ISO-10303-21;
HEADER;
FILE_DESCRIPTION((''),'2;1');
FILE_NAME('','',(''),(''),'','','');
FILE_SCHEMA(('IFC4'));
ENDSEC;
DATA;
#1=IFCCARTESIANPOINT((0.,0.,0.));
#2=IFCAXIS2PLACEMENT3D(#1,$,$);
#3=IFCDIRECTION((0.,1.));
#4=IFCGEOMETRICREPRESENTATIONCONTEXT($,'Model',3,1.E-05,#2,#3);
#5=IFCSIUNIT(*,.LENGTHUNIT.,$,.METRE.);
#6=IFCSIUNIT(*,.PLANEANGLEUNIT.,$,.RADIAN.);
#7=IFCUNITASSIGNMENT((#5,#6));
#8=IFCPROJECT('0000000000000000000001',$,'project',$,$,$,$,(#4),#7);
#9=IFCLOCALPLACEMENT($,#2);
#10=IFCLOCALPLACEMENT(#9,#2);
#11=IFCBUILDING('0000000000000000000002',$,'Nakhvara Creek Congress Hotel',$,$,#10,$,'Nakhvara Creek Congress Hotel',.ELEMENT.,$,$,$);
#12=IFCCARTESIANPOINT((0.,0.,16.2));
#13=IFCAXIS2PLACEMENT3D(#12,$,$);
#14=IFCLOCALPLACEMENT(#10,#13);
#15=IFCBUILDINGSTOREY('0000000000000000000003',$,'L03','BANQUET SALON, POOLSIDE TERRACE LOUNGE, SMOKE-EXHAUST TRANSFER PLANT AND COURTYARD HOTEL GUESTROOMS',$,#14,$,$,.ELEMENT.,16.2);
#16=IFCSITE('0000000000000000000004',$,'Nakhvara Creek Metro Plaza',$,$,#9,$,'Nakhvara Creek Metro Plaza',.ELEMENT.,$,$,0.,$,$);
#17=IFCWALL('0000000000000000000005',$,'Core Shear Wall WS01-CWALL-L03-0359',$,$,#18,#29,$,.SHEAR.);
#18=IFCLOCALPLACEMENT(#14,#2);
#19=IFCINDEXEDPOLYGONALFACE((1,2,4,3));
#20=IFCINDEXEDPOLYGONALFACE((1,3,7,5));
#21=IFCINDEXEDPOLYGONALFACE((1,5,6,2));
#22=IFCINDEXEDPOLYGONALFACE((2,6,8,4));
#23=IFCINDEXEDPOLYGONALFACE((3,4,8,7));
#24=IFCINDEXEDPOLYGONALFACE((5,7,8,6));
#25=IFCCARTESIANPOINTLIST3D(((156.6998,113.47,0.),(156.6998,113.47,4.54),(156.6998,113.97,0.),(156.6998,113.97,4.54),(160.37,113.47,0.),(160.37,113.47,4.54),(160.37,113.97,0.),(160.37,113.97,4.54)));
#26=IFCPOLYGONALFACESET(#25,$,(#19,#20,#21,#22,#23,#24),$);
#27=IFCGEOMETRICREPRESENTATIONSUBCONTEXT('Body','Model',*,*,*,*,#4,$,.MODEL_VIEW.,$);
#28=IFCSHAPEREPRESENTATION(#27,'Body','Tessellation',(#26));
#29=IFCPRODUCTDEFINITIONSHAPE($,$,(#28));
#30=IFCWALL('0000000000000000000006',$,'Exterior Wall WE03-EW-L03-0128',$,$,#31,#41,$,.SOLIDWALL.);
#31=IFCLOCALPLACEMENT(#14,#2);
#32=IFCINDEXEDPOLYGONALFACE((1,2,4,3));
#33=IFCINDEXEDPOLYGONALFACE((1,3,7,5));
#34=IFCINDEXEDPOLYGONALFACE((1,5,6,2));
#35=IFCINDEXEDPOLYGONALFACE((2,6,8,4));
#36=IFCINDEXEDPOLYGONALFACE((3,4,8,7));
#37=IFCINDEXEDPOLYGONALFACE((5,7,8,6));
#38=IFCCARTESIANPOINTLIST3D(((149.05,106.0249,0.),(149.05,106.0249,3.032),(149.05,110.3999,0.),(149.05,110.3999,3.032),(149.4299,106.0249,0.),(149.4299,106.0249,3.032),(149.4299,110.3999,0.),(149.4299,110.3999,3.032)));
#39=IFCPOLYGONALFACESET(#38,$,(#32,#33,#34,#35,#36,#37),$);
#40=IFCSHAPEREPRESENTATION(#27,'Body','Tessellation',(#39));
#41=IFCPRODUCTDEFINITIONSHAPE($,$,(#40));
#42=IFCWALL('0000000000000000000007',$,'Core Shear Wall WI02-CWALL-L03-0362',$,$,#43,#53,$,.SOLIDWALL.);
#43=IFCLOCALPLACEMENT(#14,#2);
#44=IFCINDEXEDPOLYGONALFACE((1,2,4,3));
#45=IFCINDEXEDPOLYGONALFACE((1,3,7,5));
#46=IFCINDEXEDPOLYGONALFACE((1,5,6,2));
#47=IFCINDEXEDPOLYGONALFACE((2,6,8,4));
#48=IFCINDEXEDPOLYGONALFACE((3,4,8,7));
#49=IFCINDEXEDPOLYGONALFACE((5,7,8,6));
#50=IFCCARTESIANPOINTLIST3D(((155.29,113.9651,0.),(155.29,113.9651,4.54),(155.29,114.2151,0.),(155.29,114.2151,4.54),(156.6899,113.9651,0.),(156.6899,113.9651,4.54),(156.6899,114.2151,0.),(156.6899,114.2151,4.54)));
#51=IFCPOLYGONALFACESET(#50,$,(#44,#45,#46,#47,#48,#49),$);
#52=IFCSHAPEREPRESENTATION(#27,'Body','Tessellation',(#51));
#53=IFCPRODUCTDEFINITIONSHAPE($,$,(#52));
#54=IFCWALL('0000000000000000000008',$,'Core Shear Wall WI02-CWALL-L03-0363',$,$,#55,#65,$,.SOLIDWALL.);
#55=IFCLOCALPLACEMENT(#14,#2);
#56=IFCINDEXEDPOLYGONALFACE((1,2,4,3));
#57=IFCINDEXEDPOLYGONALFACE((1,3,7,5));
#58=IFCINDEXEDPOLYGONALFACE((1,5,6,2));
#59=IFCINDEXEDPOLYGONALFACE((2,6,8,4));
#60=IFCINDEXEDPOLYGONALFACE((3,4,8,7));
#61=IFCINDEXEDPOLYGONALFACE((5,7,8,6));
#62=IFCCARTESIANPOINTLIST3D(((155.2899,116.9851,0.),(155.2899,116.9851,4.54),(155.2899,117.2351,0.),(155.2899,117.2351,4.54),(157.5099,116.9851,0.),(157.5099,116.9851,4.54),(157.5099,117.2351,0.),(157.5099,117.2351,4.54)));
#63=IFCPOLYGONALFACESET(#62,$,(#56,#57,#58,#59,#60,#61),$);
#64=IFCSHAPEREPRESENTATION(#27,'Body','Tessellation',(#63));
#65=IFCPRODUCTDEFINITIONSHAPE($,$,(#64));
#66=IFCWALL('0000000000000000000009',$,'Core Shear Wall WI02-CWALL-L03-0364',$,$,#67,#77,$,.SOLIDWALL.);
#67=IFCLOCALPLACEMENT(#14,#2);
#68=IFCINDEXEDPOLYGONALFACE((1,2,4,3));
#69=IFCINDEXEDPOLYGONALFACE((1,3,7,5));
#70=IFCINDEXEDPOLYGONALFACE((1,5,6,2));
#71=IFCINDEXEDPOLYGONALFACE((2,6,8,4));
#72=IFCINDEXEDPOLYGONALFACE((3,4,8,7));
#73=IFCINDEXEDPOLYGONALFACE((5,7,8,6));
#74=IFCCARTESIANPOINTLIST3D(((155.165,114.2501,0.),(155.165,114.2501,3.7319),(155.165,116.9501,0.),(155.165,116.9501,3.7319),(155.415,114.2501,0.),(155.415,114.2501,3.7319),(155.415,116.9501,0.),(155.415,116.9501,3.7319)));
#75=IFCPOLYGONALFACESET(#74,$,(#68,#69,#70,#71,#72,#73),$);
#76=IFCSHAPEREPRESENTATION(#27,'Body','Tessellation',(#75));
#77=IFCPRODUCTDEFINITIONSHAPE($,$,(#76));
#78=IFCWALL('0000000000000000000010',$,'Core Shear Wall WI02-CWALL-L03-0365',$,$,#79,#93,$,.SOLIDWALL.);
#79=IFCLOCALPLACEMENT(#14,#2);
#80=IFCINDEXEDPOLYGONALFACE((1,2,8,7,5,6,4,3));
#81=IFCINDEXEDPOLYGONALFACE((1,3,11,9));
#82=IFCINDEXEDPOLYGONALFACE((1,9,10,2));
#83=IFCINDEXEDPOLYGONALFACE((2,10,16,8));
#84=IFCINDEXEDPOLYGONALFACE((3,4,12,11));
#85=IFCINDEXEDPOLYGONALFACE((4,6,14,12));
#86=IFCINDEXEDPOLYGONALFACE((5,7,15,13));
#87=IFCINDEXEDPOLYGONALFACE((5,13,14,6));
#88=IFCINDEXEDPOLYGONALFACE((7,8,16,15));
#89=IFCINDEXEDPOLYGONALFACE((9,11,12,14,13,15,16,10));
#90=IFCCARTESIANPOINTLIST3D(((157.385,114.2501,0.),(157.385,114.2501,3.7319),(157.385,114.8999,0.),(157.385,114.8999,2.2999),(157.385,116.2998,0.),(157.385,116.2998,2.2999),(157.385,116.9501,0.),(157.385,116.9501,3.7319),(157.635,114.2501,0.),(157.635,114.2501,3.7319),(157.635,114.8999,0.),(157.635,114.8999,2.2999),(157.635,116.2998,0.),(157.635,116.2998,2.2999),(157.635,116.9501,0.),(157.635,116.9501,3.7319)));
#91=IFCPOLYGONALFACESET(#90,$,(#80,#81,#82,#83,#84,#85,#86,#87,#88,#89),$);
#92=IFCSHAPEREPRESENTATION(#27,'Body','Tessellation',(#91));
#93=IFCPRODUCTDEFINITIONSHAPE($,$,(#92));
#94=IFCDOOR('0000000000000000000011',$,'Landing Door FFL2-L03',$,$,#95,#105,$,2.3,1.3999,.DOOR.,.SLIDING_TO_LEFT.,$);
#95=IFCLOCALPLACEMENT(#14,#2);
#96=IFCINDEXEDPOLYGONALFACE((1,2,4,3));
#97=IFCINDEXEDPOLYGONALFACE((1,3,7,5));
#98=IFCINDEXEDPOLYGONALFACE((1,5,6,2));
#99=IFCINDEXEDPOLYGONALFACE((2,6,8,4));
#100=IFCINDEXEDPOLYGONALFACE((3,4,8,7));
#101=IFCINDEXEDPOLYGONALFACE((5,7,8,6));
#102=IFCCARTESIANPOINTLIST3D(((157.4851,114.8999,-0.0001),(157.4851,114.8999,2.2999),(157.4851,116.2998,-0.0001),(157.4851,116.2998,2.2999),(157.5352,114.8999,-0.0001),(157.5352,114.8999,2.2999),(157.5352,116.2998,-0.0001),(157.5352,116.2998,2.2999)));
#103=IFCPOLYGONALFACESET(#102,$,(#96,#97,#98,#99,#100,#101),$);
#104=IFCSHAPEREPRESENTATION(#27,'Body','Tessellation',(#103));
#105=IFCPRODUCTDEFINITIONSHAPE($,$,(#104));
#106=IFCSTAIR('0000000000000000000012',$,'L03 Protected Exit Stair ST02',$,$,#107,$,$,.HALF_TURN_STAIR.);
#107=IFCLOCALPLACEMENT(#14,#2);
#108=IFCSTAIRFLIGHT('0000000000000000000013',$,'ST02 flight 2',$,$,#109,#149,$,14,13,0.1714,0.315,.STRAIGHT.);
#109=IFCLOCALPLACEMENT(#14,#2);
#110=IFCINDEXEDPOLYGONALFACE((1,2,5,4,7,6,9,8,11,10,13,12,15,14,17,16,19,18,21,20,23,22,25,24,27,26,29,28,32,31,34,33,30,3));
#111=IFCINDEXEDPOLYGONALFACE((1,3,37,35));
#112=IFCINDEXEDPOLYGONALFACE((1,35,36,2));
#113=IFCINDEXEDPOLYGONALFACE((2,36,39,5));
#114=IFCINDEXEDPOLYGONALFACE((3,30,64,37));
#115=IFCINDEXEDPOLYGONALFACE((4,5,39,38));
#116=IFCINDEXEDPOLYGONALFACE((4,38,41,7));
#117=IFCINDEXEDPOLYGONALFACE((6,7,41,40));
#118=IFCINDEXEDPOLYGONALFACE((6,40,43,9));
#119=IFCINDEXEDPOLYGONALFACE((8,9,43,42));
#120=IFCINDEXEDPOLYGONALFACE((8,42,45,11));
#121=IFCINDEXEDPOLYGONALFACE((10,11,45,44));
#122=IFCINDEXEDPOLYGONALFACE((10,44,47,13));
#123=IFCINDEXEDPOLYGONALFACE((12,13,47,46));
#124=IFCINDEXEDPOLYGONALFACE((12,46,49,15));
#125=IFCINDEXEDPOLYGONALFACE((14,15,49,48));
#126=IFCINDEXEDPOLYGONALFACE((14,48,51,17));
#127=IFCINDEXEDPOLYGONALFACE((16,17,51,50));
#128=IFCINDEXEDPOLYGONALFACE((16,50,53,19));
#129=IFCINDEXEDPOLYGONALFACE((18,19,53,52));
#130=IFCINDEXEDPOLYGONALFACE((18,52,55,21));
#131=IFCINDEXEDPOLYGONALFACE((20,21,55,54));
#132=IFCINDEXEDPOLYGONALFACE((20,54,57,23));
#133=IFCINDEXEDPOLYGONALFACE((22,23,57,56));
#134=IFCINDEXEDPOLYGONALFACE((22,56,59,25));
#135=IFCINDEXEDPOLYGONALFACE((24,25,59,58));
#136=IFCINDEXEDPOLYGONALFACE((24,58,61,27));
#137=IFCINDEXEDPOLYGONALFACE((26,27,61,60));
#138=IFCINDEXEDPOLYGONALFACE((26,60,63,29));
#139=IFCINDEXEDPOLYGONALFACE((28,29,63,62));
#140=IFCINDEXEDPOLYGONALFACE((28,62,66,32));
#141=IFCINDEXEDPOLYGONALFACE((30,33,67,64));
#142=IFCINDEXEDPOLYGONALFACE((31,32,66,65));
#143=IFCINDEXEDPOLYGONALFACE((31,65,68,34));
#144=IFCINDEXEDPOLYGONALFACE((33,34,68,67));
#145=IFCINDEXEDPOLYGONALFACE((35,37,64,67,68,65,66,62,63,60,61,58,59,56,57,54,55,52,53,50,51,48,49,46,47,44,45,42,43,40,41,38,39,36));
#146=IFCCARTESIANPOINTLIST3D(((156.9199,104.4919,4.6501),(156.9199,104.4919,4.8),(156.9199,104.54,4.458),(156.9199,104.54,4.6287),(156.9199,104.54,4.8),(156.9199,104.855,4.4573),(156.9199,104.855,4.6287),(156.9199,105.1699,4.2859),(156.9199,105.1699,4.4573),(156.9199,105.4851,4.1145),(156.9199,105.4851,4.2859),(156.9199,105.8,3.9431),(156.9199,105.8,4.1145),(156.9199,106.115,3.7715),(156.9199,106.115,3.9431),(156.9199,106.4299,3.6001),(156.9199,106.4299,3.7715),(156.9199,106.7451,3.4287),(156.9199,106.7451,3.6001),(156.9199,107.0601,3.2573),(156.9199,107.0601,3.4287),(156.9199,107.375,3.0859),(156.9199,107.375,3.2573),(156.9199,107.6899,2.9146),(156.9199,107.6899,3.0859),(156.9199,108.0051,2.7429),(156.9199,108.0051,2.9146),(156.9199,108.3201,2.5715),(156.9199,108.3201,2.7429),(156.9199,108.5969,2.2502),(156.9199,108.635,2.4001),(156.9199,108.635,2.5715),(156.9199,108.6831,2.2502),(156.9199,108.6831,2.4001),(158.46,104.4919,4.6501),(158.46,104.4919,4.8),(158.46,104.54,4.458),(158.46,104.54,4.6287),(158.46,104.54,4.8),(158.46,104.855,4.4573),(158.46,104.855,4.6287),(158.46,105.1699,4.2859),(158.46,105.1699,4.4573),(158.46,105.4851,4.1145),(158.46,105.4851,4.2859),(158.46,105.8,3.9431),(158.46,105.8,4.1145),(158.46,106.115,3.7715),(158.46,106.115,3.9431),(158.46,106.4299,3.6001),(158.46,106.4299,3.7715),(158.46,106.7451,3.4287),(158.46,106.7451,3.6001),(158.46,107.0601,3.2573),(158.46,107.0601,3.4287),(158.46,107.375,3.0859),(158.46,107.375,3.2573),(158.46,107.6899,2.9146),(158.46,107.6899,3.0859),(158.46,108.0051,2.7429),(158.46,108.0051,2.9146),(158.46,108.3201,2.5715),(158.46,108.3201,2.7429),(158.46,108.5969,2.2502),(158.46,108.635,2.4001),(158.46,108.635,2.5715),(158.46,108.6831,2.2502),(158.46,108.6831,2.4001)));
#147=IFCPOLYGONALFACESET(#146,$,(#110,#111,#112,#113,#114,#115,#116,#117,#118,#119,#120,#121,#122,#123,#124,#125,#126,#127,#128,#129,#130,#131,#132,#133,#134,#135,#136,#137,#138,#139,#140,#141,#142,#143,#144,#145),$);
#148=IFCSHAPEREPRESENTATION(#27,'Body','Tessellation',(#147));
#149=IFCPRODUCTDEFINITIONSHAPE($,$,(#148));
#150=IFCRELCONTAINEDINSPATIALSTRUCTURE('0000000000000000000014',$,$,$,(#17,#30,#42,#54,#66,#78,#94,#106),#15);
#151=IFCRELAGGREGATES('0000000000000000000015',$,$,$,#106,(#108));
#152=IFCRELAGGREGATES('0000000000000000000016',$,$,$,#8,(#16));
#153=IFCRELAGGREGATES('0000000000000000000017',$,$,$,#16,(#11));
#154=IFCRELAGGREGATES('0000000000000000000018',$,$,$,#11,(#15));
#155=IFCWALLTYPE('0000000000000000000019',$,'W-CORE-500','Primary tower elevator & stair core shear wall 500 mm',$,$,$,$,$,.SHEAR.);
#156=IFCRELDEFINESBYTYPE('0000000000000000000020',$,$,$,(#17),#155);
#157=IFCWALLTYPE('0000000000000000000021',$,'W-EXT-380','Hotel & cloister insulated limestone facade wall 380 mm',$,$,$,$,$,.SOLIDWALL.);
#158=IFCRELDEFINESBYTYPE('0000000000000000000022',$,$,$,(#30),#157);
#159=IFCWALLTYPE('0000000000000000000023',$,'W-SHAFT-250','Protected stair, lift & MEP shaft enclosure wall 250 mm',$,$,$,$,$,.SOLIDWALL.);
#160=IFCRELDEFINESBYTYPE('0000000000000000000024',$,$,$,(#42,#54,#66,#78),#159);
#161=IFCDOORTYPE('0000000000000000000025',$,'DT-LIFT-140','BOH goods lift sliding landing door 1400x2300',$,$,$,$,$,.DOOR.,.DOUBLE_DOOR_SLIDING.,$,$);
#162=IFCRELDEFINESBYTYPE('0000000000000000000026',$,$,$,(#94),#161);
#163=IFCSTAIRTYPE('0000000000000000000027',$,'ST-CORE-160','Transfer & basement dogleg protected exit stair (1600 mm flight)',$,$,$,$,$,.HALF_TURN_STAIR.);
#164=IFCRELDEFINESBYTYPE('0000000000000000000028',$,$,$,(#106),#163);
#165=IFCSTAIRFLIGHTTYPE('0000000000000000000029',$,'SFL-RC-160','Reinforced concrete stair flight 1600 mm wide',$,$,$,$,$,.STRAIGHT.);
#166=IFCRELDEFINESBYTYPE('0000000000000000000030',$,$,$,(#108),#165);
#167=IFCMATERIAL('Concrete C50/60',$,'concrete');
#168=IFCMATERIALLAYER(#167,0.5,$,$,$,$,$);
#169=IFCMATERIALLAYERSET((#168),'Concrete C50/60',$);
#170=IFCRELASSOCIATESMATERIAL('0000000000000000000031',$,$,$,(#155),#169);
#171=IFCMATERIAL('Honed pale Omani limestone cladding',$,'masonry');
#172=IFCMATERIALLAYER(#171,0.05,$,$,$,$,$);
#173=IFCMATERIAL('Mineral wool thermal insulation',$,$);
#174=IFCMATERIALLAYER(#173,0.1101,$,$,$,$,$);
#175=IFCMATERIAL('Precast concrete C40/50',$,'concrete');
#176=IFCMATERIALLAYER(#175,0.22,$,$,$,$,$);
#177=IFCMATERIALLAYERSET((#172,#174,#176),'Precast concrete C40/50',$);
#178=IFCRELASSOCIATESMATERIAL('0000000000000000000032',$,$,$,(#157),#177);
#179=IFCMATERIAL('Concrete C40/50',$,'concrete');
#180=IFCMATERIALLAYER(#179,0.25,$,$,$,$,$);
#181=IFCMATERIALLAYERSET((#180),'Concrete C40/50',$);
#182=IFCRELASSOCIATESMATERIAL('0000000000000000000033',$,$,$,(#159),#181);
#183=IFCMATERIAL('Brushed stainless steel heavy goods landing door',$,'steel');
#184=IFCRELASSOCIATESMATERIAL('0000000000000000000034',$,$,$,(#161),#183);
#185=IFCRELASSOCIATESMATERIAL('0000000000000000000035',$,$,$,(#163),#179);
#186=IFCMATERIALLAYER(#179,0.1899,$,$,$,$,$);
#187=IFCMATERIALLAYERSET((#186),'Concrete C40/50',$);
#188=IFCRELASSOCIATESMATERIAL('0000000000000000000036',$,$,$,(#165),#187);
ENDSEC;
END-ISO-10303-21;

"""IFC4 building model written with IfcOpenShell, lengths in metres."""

from ifc_helpers import new_model, si_unit, direction, frame, frame_2d, origin, place, context, subcontext, project, spatial, polyline, rectangle, outline, extrude, material, layer, layer_set, type_object, element, fill, aggregate, save


model = new_model("IFC4")

# Units and contexts
model_context = context("Model", 3, precision=1e-05, world=origin(), true_north=direction((0.0, 1.0)))
body_context = subcontext(model_context, "Body", "Model", "MODEL_VIEW")
ifc_project = project(units=[si_unit("LENGTHUNIT", "METRE"), si_unit("PLANEANGLEUNIT", "RADIAN")], contexts=[model_context])

# Site, building, storey
site_placement = place(None, origin())
site = spatial("IfcSite", under=ifc_project, at=site_placement, Name="Nakhvara Creek Metro Plaza", LongName="Nakhvara Creek Metro Plaza", CompositionType="ELEMENT", RefElevation=0.0)
building_placement = place(site_placement, origin())
building = spatial("IfcBuilding", under=site, at=building_placement, Name="Nakhvara Creek Congress Hotel", LongName="Nakhvara Creek Congress Hotel", CompositionType="ELEMENT")
storey_placement = place(building_placement, frame((0.0, 0.0, 16.2)))
storey = spatial("IfcBuildingStorey", under=building, at=storey_placement, Name="L03", Description="BANQUET SALON, POOLSIDE TERRACE LOUNGE, SMOKE-EXHAUST TRANSFER PLANT AND COURTYARD HOTEL GUESTROOMS", CompositionType="ELEMENT", Elevation=16.2)

# Shared definitions
ifc_material_1 = material(Name="Concrete C50/60", Category="concrete")

# Shared definitions
ifc_material_2 = material(Name="Concrete C40/50", Category="concrete")

# Walls
ifc_layer_1 = layer(ifc_material_1, 0.5)
ifc_layer_set_1 = layer_set([ifc_layer_1], Name="Concrete C50/60")
wall_type_1 = type_object("IfcWallType", Name="W-CORE-500", Description="Primary tower elevator & stair core shear wall 500 mm", PredefinedType="SHEAR", material=ifc_layer_set_1)
wall_1_placement = place(storey_placement, frame((156.7, 113.72, 0.0), z_axis=(0.0, 0.0, 1.0), x_axis=(1.0, 0.0, 0.0)))
element("IfcWall", 1, at=wall_1_placement, inside=storey, type_object=wall_type_1, Name="Core Shear Wall WS01-CWALL-L03-0359", PredefinedType="SHEAR", context=body_context, shape_type="SweptSolid", body=[
    extrude(rectangle(XDim=3.6702, YDim=0.5, at=frame_2d((1.835, 0.0))), origin(), (0.0, 0.0, 1.0), 4.54),
])
ifc_material_3 = material(Name="Honed pale Omani limestone cladding", Category="masonry")
ifc_layer_2 = layer(ifc_material_3, 0.05)
ifc_material_4 = material(Name="Mineral wool thermal insulation")
ifc_layer_3 = layer(ifc_material_4, 0.1101)
ifc_material_5 = material(Name="Precast concrete C40/50", Category="concrete")
ifc_layer_4 = layer(ifc_material_5, 0.22)
ifc_layer_set_2 = layer_set([ifc_layer_2, ifc_layer_3, ifc_layer_4], Name="Precast concrete C40/50")
wall_type_2 = type_object("IfcWallType", Name="W-EXT-380", Description="Hotel & cloister insulated limestone facade wall 380 mm", PredefinedType="SOLIDWALL", material=ifc_layer_set_2)
wall_2_placement = place(storey_placement, frame((149.24, 106.0249, 0.0), z_axis=(0.0, 0.0, 1.0), x_axis=(0.0, 1.0, 0.0)))
element("IfcWall", 2, at=wall_2_placement, inside=storey, type_object=wall_type_2, Name="Exterior Wall WE03-EW-L03-0128", PredefinedType="SOLIDWALL", context=body_context, shape_type="SweptSolid", body=[
    extrude(rectangle(XDim=4.375, YDim=0.3799, at=frame_2d((2.1875, 0.0))), origin(), (0.0, 0.0, 1.0), 3.032),
])
ifc_layer_5 = layer(ifc_material_2, 0.25)
ifc_layer_set_3 = layer_set([ifc_layer_5], Name="Concrete C40/50")
wall_type_3 = type_object("IfcWallType", Name="W-SHAFT-250", Description="Protected stair, lift & MEP shaft enclosure wall 250 mm", PredefinedType="SOLIDWALL", material=ifc_layer_set_3)
wall_3_placement = place(storey_placement, frame((155.29, 114.0901, 0.0), z_axis=(0.0, 0.0, 1.0), x_axis=(1.0, 0.0, 0.0)))
element("IfcWall", 3, at=wall_3_placement, inside=storey, type_object=wall_type_3, Name="Core Shear Wall WI02-CWALL-L03-0362", PredefinedType="SOLIDWALL", context=body_context, shape_type="SweptSolid", body=[
    extrude(rectangle(XDim=1.3999, YDim=0.25, at=frame_2d((0.7, 0.0))), origin(), (0.0, 0.0, 1.0), 4.54),
])
wall_4_placement = place(storey_placement, frame((155.29, 117.1101, 0.0), z_axis=(0.0, 0.0, 1.0), x_axis=(1.0, 0.0, 0.0)))
element("IfcWall", 4, at=wall_4_placement, inside=storey, type_object=wall_type_3, Name="Core Shear Wall WI02-CWALL-L03-0363", PredefinedType="SOLIDWALL", context=body_context, shape_type="SweptSolid", body=[
    extrude(rectangle(XDim=2.22, YDim=0.25, at=frame_2d((1.1099, 0.0))), origin(), (0.0, 0.0, 1.0), 4.54),
])
wall_5_placement = place(storey_placement, frame((155.29, 114.25, 0.0), z_axis=(0.0, 0.0, 1.0), x_axis=(0.0, 1.0, 0.0)))
element("IfcWall", 5, at=wall_5_placement, inside=storey, type_object=wall_type_3, Name="Core Shear Wall WI02-CWALL-L03-0364", PredefinedType="SOLIDWALL", context=body_context, shape_type="SweptSolid", body=[
    extrude(rectangle(XDim=2.7, YDim=0.25, at=frame_2d((1.3501, 0.0))), origin(), (0.0, 0.0, 1.0), 3.7319),
])

# Wall, opening, door
wall_6_placement = place(storey_placement, frame((157.51, 114.25, 0.0), z_axis=(0.0, 0.0, 1.0), x_axis=(0.0, 1.0, 0.0)))
wall_6 = element("IfcWall", 6, at=wall_6_placement, inside=storey, type_object=wall_type_3, Name="Core Shear Wall WI02-CWALL-L03-0365", PredefinedType="SOLIDWALL", context=body_context, shape_type="SweptSolid", body=[
    extrude(rectangle(XDim=2.7, YDim=0.25, at=frame_2d((1.3501, 0.0))), origin(), (0.0, 0.0, 1.0), 3.7319),
])
opening_placement = place(wall_6_placement, frame((0.6499, 0.0, 0.0)))
opening = element("IfcOpeningElement", 7, at=opening_placement, cuts=wall_6, PredefinedType="OPENING", context=body_context, shape_type="SweptSolid", body=[
    extrude(rectangle(XDim=1.3999, YDim=2.3, at=frame_2d((0.7, 1.1499))), frame((0.0, 0.137, 0.0), z_axis=(0.0, -1.0, 0.0), x_axis=(1.0, 0.0, 0.0)), (0.0, 0.0, 1.0), 0.2739),
])
ifc_material_6 = material(Name="Brushed stainless steel heavy goods landing door", Category="steel")
door_type = type_object("IfcDoorType", Name="DT-LIFT-140", Description="BOH goods lift sliding landing door 1400x2300", OperationType="DOUBLE_DOOR_SLIDING", PredefinedType="DOOR", material=ifc_material_6)
door_placement = place(opening_placement, origin())
door = element("IfcDoor", 8, at=door_placement, inside=storey, type_object=door_type, Name="Landing Door FFL2-L03", OperationType="SLIDING_TO_LEFT", OverallHeight=2.3, OverallWidth=1.3999, PredefinedType="DOOR", context=body_context, shape_type="SweptSolid", body=[
    extrude(rectangle(XDim=1.3999, YDim=2.3, at=frame_2d((0.7, 1.1499))), frame((0.0, 0.0249, 0.0), z_axis=(0.0, -1.0, 0.0), x_axis=(1.0, 0.0, 0.0)), (0.0, 0.0, 1.0), 0.05),
])
fill(opening, door)

# Stair, stair flight
stair_type = type_object("IfcStairType", Name="ST-CORE-160", Description="Transfer & basement dogleg protected exit stair (1600 mm flight)", PredefinedType="HALF_TURN_STAIR", material=ifc_material_2)
stair_placement = place(storey_placement, origin())
stair = element("IfcStair", 9, at=stair_placement, inside=storey, type_object=stair_type, Name="L03 Protected Exit Stair ST02", PredefinedType="HALF_TURN_STAIR")
ifc_layer_6 = layer(ifc_material_2, 0.1899)
ifc_layer_set_4 = layer_set([ifc_layer_6], Name="Concrete C40/50")
stair_flight_type = type_object("IfcStairFlightType", Name="SFL-RC-160", Description="Reinforced concrete stair flight 1600 mm wide", PredefinedType="STRAIGHT", material=ifc_layer_set_4)
stair_flight_placement = place(storey_placement, frame((157.6899, 108.635, 2.4001), z_axis=(0.0, 0.0, 1.0), x_axis=(0.0, -1.0, 0.0)))
stair_flight = element("IfcStairFlight", 10, at=stair_flight_placement, type_object=stair_flight_type, Name="ST02 flight 2", NumberOfRisers=14, NumberOfTreads=13, PredefinedType="STRAIGHT", RiserHeight=0.1714, TreadLength=0.315, context=body_context, shape_type="SweptSolid", body=[
    extrude(outline(polyline([(-0.0481, 0.0), (0.0, 0.0), (0.0, 0.1714), (0.3149, 0.1714), (0.3149, 0.3428), (0.6299, 0.3428), (0.6299, 0.5144), (0.9451, 0.5144), (0.9451, 0.6858), (1.26, 0.6858), (1.26, 0.8572), (1.575, 0.8572), (1.575, 1.0286), (1.8899, 1.0286), (1.8899, 1.2), (2.2051, 1.2), (2.2051, 1.3713), (2.52, 1.3713), (2.52, 1.543), (2.835, 1.543), (2.835, 1.7144), (3.1499, 1.7144), (3.1499, 1.8857), (3.4651, 1.8857), (3.4651, 2.0571), (3.78, 2.0571), (3.78, 2.2285), (4.095, 2.2285), (4.095, 2.3999), (4.1431, 2.3999), (4.1431, 2.25), (4.095, 2.0579), (0.0381, -0.1499), (-0.0481, -0.1499), (-0.0481, 0.0)])), frame((0.0, 0.77, 0.0), z_axis=(0.0, -1.0, 0.0), x_axis=(1.0, 0.0, 0.0)), (0.0, 0.0, 1.0), 1.54),
])
aggregate(stair, [stair_flight])

save(model, "model.ifc")
